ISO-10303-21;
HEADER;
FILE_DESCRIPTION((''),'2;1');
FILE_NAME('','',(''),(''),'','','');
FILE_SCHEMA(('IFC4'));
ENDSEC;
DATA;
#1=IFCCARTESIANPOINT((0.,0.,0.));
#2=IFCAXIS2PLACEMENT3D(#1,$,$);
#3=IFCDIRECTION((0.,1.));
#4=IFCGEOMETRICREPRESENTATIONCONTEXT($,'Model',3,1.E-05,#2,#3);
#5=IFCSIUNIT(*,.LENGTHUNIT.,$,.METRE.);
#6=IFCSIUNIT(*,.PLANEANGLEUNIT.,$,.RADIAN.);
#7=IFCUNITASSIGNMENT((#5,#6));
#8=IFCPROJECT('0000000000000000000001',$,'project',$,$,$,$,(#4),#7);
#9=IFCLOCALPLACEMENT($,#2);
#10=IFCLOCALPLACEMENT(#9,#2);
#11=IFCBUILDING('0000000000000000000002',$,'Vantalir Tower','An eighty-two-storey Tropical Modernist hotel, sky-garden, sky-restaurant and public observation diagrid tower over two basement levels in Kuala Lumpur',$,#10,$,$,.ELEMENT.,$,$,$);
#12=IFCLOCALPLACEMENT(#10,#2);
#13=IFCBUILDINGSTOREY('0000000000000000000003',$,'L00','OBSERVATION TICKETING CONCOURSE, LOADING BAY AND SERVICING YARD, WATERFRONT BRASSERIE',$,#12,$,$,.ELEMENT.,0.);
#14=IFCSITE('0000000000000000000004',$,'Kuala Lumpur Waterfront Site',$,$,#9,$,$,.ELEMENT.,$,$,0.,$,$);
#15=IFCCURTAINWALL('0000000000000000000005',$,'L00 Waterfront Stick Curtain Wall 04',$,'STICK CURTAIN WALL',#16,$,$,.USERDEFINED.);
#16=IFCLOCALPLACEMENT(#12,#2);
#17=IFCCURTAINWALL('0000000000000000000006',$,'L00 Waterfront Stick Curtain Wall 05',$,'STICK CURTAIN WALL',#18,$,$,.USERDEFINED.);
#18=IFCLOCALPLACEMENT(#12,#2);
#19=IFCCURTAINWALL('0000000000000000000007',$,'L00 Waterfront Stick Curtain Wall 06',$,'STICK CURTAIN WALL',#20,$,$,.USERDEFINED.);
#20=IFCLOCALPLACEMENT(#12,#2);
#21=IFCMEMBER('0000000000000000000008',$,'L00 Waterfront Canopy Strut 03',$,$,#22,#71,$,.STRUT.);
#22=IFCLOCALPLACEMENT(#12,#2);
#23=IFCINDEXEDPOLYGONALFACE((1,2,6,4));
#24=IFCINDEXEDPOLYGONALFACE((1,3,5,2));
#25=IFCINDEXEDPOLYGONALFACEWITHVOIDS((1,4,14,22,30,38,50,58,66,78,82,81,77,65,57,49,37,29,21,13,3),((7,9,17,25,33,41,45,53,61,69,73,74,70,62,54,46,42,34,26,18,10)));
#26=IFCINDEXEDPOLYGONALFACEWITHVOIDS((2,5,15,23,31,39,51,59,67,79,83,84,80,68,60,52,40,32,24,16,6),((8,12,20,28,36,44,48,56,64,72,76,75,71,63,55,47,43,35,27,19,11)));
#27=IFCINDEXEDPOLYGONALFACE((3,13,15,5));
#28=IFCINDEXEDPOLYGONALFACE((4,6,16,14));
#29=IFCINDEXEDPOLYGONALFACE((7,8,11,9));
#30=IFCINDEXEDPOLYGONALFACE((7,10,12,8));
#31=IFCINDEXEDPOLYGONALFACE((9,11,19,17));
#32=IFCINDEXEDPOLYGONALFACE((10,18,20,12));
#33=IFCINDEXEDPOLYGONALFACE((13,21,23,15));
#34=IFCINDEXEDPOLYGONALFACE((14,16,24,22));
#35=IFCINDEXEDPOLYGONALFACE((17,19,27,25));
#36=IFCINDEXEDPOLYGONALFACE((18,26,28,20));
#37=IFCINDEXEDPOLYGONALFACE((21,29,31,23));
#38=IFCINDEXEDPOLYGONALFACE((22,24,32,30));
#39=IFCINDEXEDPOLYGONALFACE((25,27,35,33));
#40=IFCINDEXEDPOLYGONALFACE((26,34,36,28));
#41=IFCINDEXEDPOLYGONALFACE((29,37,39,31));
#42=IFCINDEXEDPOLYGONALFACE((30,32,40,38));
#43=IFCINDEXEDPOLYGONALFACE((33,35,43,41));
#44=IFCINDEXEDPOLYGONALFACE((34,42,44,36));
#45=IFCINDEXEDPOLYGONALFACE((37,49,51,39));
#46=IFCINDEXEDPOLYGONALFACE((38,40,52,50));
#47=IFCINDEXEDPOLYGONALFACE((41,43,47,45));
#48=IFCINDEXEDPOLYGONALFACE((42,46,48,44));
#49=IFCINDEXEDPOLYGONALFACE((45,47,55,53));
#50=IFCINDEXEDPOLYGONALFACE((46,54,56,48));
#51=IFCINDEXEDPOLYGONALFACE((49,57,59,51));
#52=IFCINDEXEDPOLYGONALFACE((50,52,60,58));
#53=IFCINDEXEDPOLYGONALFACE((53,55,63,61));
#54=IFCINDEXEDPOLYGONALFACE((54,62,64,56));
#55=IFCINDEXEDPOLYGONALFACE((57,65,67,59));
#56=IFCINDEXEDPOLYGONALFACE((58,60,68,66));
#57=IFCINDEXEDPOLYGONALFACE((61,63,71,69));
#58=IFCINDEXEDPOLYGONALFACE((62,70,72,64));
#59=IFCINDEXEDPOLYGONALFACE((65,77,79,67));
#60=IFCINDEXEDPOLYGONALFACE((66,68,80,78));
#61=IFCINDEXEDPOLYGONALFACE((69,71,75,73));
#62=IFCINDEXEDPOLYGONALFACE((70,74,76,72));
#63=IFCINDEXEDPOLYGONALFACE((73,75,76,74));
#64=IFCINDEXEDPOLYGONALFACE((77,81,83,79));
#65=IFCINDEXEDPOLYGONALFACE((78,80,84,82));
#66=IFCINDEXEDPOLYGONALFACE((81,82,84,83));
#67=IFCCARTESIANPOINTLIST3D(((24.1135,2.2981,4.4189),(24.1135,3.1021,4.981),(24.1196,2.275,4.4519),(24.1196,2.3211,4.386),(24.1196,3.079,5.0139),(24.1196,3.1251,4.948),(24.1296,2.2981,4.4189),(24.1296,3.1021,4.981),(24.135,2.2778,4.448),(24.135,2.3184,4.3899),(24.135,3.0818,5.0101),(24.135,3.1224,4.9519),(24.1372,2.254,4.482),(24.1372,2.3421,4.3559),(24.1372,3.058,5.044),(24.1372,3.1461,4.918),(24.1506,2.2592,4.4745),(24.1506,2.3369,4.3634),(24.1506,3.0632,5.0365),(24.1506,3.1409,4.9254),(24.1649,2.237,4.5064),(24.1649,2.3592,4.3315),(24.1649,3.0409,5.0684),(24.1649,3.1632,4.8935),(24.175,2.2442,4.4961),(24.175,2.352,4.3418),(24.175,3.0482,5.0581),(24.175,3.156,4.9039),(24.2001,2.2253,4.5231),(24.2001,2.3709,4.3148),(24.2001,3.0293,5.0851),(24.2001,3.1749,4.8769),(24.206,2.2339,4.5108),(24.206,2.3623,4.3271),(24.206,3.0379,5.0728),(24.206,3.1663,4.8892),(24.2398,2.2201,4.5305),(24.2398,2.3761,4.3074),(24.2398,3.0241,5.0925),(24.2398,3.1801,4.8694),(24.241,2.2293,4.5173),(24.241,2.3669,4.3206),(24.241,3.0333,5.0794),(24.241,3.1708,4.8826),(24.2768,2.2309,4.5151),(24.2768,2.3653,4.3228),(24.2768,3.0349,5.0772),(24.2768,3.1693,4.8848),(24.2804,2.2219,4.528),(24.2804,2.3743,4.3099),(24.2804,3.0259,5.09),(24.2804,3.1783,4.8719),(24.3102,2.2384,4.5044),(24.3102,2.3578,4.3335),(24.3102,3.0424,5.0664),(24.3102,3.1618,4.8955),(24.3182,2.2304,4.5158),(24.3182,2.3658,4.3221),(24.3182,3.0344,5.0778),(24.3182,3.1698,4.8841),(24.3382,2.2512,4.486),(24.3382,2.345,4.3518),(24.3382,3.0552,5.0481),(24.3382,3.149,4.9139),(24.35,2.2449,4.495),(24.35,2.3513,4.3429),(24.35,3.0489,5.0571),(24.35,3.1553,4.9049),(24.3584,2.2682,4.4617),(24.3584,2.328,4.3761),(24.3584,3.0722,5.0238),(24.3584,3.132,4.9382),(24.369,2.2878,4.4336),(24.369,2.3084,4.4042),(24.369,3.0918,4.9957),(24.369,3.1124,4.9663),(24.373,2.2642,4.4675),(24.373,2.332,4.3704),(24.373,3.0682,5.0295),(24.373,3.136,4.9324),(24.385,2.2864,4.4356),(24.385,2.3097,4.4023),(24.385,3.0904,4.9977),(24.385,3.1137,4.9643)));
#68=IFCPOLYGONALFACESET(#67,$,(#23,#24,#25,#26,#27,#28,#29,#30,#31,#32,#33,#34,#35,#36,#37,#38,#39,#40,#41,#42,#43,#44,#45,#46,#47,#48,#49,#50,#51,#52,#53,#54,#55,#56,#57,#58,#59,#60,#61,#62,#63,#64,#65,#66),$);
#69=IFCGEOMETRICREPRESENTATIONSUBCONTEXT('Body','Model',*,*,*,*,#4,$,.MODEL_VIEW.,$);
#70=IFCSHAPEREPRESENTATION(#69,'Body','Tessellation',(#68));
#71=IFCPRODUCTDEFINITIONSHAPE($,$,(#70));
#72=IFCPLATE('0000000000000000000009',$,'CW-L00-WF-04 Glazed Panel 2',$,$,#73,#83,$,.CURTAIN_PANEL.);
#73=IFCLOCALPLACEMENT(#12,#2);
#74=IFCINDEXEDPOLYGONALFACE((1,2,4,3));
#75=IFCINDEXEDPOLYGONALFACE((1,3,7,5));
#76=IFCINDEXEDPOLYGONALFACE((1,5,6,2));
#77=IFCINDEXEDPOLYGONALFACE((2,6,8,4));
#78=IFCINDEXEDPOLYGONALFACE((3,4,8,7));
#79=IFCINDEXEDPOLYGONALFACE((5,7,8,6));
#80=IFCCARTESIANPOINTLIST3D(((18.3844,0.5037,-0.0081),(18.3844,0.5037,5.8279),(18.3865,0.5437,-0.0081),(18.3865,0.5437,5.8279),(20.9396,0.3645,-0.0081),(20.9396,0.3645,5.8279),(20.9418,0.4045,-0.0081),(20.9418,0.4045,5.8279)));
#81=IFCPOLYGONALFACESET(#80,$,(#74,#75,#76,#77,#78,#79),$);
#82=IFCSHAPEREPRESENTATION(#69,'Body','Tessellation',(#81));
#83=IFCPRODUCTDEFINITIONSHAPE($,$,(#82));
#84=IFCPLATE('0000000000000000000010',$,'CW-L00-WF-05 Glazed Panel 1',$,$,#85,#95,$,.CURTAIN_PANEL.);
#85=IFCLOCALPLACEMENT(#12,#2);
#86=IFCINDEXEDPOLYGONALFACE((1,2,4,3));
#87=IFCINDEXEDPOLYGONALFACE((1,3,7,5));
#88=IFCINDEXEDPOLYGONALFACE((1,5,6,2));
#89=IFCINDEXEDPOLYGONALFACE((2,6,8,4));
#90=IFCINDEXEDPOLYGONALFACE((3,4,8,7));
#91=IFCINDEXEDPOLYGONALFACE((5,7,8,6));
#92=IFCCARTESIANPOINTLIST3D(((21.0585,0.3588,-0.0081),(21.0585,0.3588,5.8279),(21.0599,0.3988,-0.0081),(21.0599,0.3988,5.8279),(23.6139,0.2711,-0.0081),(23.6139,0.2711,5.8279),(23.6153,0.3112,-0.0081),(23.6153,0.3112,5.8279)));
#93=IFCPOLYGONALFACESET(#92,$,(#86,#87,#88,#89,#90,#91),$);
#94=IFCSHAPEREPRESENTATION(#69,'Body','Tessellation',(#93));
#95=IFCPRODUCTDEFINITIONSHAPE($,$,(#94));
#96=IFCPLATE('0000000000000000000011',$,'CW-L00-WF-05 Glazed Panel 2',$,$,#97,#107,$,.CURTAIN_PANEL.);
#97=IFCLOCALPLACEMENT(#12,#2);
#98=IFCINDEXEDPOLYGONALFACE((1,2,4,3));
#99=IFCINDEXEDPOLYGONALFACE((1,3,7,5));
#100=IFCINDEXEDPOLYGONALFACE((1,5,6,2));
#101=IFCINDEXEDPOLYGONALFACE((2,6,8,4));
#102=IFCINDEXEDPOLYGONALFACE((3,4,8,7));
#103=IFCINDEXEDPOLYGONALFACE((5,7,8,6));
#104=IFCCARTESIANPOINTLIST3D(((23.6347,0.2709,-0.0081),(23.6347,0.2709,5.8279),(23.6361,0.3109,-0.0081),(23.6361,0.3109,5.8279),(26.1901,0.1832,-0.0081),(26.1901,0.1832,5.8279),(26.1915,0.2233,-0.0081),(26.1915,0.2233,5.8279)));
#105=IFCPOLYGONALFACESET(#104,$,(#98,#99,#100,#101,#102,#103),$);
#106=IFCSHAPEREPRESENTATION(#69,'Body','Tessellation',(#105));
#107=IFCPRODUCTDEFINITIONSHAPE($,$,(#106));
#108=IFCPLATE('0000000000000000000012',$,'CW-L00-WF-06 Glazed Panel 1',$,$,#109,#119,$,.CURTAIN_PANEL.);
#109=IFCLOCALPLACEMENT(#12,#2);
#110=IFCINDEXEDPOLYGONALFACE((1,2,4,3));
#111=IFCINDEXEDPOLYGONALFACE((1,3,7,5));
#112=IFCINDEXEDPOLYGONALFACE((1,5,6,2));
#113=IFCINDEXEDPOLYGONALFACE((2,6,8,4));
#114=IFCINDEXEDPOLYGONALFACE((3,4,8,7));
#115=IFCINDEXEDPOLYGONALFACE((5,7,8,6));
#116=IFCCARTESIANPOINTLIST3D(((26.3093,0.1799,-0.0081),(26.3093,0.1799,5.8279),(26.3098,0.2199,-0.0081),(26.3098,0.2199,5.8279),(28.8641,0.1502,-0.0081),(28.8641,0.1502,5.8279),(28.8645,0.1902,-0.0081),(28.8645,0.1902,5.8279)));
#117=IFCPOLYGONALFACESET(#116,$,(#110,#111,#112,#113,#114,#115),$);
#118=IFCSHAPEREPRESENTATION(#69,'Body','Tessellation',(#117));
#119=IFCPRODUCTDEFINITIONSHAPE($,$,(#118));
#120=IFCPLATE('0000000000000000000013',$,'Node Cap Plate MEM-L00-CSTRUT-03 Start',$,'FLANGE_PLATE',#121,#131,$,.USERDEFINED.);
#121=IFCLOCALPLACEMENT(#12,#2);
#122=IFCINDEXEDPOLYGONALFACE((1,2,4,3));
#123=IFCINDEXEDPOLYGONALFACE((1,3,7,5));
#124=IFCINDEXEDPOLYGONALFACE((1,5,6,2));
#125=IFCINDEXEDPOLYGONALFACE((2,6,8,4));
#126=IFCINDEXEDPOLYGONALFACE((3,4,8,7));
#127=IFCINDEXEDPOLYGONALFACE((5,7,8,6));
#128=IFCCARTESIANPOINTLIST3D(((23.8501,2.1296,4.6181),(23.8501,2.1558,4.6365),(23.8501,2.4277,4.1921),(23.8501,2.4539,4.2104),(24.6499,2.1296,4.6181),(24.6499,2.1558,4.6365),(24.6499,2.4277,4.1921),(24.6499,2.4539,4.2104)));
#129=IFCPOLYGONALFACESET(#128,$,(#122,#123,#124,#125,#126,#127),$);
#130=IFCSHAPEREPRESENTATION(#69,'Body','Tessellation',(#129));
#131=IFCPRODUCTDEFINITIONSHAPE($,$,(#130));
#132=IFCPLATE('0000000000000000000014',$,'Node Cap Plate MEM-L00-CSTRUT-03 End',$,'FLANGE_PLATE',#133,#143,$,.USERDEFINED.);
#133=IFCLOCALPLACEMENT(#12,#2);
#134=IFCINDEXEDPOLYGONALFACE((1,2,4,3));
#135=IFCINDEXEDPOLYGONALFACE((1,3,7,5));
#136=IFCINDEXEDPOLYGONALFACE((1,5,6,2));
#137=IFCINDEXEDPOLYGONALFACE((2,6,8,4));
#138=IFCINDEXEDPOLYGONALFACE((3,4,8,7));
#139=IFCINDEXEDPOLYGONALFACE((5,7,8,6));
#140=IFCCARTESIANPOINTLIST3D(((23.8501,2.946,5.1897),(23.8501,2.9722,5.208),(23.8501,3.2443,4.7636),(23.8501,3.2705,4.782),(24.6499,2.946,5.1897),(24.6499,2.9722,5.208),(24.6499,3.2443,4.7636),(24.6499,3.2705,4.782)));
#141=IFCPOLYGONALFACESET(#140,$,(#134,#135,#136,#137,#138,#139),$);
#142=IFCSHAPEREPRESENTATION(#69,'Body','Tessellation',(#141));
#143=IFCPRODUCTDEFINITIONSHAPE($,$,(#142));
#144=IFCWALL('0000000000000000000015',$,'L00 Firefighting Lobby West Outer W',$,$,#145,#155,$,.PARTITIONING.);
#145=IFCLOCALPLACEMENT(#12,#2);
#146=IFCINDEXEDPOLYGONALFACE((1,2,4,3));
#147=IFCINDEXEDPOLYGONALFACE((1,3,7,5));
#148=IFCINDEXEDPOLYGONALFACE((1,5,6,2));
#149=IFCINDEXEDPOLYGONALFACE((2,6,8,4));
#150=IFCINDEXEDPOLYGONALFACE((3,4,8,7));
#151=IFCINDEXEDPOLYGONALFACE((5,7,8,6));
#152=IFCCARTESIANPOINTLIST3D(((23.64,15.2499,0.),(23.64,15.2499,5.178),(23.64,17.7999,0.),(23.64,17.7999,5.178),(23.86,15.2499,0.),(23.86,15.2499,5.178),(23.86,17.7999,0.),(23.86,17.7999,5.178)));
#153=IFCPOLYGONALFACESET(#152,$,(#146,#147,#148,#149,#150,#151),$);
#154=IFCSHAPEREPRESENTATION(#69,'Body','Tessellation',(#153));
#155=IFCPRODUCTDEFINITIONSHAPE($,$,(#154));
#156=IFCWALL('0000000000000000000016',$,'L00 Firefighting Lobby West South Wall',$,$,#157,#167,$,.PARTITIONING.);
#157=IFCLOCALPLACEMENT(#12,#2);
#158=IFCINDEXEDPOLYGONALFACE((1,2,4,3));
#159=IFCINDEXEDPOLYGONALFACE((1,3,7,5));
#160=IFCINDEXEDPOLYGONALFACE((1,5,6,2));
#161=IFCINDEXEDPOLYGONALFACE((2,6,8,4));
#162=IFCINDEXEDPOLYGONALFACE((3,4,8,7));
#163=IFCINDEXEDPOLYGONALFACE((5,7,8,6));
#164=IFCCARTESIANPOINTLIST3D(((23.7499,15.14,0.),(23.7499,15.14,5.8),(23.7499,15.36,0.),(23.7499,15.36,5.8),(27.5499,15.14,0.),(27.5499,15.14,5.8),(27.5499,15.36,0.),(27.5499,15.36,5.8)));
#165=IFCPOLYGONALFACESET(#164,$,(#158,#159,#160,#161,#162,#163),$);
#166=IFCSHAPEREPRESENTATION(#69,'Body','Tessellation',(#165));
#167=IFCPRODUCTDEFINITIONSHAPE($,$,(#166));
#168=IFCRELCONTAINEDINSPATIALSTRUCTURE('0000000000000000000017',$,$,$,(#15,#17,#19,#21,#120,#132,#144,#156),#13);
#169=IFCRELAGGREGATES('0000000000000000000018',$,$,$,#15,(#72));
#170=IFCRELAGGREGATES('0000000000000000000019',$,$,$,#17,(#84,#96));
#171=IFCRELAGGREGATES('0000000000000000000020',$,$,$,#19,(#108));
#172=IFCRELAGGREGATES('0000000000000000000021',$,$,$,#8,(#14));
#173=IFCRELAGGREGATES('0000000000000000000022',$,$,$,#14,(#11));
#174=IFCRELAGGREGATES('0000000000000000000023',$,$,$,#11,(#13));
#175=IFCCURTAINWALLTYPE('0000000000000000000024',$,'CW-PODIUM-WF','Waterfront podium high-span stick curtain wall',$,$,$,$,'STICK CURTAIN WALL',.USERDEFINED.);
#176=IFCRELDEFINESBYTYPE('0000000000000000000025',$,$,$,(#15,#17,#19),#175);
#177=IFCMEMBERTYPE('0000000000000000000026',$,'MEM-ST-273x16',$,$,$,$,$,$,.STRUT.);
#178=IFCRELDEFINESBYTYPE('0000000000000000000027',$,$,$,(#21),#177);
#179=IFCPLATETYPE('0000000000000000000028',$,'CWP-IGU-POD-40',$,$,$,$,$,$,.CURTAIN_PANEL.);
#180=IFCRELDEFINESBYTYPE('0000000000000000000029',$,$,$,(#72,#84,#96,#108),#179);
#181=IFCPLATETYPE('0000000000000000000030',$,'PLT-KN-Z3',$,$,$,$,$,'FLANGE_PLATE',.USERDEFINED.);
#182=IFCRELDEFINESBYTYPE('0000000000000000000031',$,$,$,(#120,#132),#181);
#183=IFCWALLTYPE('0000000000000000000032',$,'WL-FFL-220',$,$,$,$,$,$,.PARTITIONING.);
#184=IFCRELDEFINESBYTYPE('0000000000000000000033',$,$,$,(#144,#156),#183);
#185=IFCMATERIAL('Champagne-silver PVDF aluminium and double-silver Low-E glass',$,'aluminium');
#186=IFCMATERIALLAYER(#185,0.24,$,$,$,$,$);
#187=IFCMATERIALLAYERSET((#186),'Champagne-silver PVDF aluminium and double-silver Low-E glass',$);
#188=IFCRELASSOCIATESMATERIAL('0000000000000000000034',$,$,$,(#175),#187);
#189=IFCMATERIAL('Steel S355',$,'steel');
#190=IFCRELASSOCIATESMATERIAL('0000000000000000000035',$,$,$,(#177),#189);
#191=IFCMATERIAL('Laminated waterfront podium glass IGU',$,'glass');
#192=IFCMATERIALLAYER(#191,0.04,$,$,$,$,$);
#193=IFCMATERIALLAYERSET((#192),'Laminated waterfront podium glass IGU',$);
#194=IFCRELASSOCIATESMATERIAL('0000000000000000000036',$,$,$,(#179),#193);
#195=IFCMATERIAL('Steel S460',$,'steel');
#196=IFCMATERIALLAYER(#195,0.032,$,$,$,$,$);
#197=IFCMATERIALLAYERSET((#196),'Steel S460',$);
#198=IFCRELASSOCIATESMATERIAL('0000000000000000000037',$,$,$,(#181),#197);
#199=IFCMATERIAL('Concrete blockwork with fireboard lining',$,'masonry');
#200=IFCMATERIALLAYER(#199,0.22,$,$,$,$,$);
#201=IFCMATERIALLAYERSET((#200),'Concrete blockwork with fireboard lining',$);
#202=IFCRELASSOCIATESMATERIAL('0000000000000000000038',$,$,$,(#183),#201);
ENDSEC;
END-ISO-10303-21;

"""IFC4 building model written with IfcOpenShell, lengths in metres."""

from ifc_helpers import new_model, si_unit, direction, frame, frame_2d, origin, origin_2d, place, context, subcontext, project, spatial, polyline, rectangle, hollow_circle, outline, extrude, material, layer, layer_set, material_profile, profile_set, type_object, element, aggregate, save


model = new_model("IFC4")

# Units and contexts
model_context = context("Model", 3, precision=1e-05, world=origin(), true_north=direction((0.0, 1.0)))
body_context = subcontext(model_context, "Body", "Model", "MODEL_VIEW")
ifc_project = project(units=[si_unit("LENGTHUNIT", "METRE"), si_unit("PLANEANGLEUNIT", "RADIAN")], contexts=[model_context])

# Site, building, storey
site_placement = place(None, origin())
site = spatial("IfcSite", under=ifc_project, at=site_placement, Name="Kuala Lumpur Waterfront Site", CompositionType="ELEMENT", RefElevation=0.0)
building_placement = place(site_placement, origin())
building = spatial("IfcBuilding", under=site, at=building_placement, Name="Vantalir Tower", Description="An eighty-two-storey Tropical Modernist hotel, sky-garden, sky-restaurant and public observation diagrid tower over two basement levels in Kuala Lumpur", CompositionType="ELEMENT")
storey_placement = place(building_placement, origin())
storey = spatial("IfcBuildingStorey", under=building, at=storey_placement, Name="L00", Description="OBSERVATION TICKETING CONCOURSE, LOADING BAY AND SERVICING YARD, WATERFRONT BRASSERIE", CompositionType="ELEMENT", Elevation=0.0)

# Shared definitions
ifc_material_1 = material(Name="Steel S460", Category="steel")

# Shared definitions
ifc_material_2 = material(Name="Steel S355", Category="steel")

# Curtain walls
ifc_material_3 = material(Name="Champagne-silver PVDF aluminium and double-silver Low-E glass", Category="aluminium")
ifc_layer_1 = layer(ifc_material_3, 0.24)
ifc_layer_set_1 = layer_set([ifc_layer_1], Name="Champagne-silver PVDF aluminium and double-silver Low-E glass")
curtain_wall_type = type_object("IfcCurtainWallType", Name="CW-PODIUM-WF", Description="Waterfront podium high-span stick curtain wall", ElementType="STICK CURTAIN WALL", PredefinedType="USERDEFINED", material=ifc_layer_set_1)
curtain_wall_1_placement = place(storey_placement, origin())
curtain_wall_1 = element("IfcCurtainWall", 1, at=curtain_wall_1_placement, inside=storey, type_object=curtain_wall_type, Name="L00 Waterfront Stick Curtain Wall 04", ObjectType="STICK CURTAIN WALL", PredefinedType="USERDEFINED")
curtain_wall_2_placement = place(storey_placement, origin())
curtain_wall_2 = element("IfcCurtainWall", 2, at=curtain_wall_2_placement, inside=storey, type_object=curtain_wall_type, Name="L00 Waterfront Stick Curtain Wall 05", ObjectType="STICK CURTAIN WALL", PredefinedType="USERDEFINED")

# Curtain wall
curtain_wall_3_placement = place(storey_placement, origin())
curtain_wall_3 = element("IfcCurtainWall", 3, at=curtain_wall_3_placement, inside=storey, type_object=curtain_wall_type, Name="L00 Waterfront Stick Curtain Wall 06", ObjectType="STICK CURTAIN WALL", PredefinedType="USERDEFINED")

# Member
ifc_material_profile_1 = material_profile(ifc_material_2, hollow_circle(Radius=0.1365, WallThickness=0.0161, at=origin_2d()), Name="Steel S355")
ifc_profile_set_1 = profile_set([ifc_material_profile_1], Name="Steel S355")
member_type_1 = type_object("IfcMemberType", Name="MEM-ST-273x16", PredefinedType="STRUT", material=ifc_profile_set_1)
member_1_placement = place(storey_placement, frame((24.25, 2.2981, 4.4189), z_axis=(0.0, 0.819594, 0.572944), x_axis=(-1.0, 0.0, 0.0)))
element("IfcMember", 4, at=member_1_placement, inside=storey, type_object=member_type_1, Name="L00 Waterfront Canopy Strut 03", PredefinedType="STRUT", context=body_context, shape_type="SweptSolid", body=[
    extrude(hollow_circle(Radius=0.1365, WallThickness=0.0161, at=origin_2d()), origin(), (0.0, 0.0, 1.0), 0.981),
])

# Plates
ifc_material_4 = material(Name="Laminated waterfront podium glass IGU", Category="glass")
ifc_layer_2 = layer(ifc_material_4, 0.04)
ifc_layer_set_2 = layer_set([ifc_layer_2], Name="Laminated waterfront podium glass IGU")
plate_type_1 = type_object("IfcPlateType", Name="CWP-IGU-POD-40", PredefinedType="CURTAIN_PANEL", material=ifc_layer_set_2)
plate_1_placement = place(storey_placement, frame((19.6631, 0.4541, -0.0081), z_axis=(0.0, 0.0, 1.0), x_axis=(0.99852, -0.054393, 0.0)))
plate_1 = element("IfcPlate", 5, at=plate_1_placement, type_object=plate_type_1, Name="CW-L00-WF-04 Glazed Panel 2", PredefinedType="CURTAIN_PANEL", context=body_context, shape_type="SweptSolid", body=[
    extrude(rectangle(XDim=2.5591, YDim=0.04, at=origin_2d()), origin(), (0.0, 0.0, 1.0), 5.8359),
])
aggregate(curtain_wall_1, [plate_1])
plate_2_placement = place(storey_placement, frame((22.3369, 0.335, -0.0081), z_axis=(0.0, 0.0, 1.0), x_axis=(0.999413, -0.034272, 0.0)))
plate_2 = element("IfcPlate", 6, at=plate_2_placement, type_object=plate_type_1, Name="CW-L00-WF-05 Glazed Panel 1", PredefinedType="CURTAIN_PANEL", context=body_context, shape_type="SweptSolid", body=[
    extrude(rectangle(XDim=2.5569, YDim=0.04, at=origin_2d()), origin(), (0.0, 0.0, 1.0), 5.8359),
])
plate_3_placement = place(storey_placement, frame((24.9131, 0.2471, -0.0081), z_axis=(0.0, 0.0, 1.0), x_axis=(0.999413, -0.034272, 0.0)))
plate_3 = element("IfcPlate", 7, at=plate_3_placement, type_object=plate_type_1, Name="CW-L00-WF-05 Glazed Panel 2", PredefinedType="CURTAIN_PANEL", context=body_context, shape_type="SweptSolid", body=[
    extrude(rectangle(XDim=2.5569, YDim=0.04, at=origin_2d()), origin(), (0.0, 0.0, 1.0), 5.8359),
])
aggregate(curtain_wall_2, [plate_2, plate_3])
plate_4_placement = place(storey_placement, frame((27.5869, 0.1851, -0.0081), z_axis=(0.0, 0.0, 1.0), x_axis=(0.999932, -0.011624, 0.0)))
plate_4 = element("IfcPlate", 8, at=plate_4_placement, type_object=plate_type_1, Name="CW-L00-WF-06 Glazed Panel 1", PredefinedType="CURTAIN_PANEL", context=body_context, shape_type="SweptSolid", body=[
    extrude(rectangle(XDim=2.5549, YDim=0.04, at=origin_2d()), origin(), (0.0, 0.0, 1.0), 5.8359),
])
aggregate(curtain_wall_3, [plate_4])

# Plates
ifc_layer_3 = layer(ifc_material_1, 0.032)
ifc_layer_set_3 = layer_set([ifc_layer_3], Name="Steel S460")
plate_type_2 = type_object("IfcPlateType", Name="PLT-KN-Z3", ElementType="FLANGE_PLATE", PredefinedType="USERDEFINED", material=ifc_layer_set_3)
plate_5_placement = place(storey_placement, frame((24.6499, 2.4539, 4.2104), z_axis=(0.0, 0.819342, 0.573305), x_axis=(-1.0, 0.0, 0.0)))
element("IfcPlate", 9, at=plate_5_placement, inside=storey, type_object=plate_type_2, Name="Node Cap Plate MEM-L00-CSTRUT-03 Start", ObjectType="FLANGE_PLATE", PredefinedType="USERDEFINED", context=body_context, shape_type="SweptSolid", body=[
    extrude(outline(polyline([(0.0, 0.0), (0.7998, 0.0), (0.7998, 0.52), (0.0, 0.52), (0.0, 0.0)])), origin(), (0.0, 0.0, -1.0), 0.032),
])
plate_6_placement = place(storey_placement, frame((24.6499, 3.2705, 4.782), z_axis=(0.0, 0.819122, 0.57362), x_axis=(-1.0, 0.0, 0.0)))
element("IfcPlate", 10, at=plate_6_placement, inside=storey, type_object=plate_type_2, Name="Node Cap Plate MEM-L00-CSTRUT-03 End", ObjectType="FLANGE_PLATE", PredefinedType="USERDEFINED", context=body_context, shape_type="SweptSolid", body=[
    extrude(outline(polyline([(0.0, 0.0), (0.7998, 0.0), (0.7998, 0.5201), (0.0, 0.5201), (0.0, 0.0)])), origin(), (0.0, 0.0, -1.0), 0.032),
])

# Walls
ifc_material_5 = material(Name="Concrete blockwork with fireboard lining", Category="masonry")
ifc_layer_4 = layer(ifc_material_5, 0.22)
ifc_layer_set_4 = layer_set([ifc_layer_4], Name="Concrete blockwork with fireboard lining")
wall_type = type_object("IfcWallType", Name="WL-FFL-220", PredefinedType="PARTITIONING", material=ifc_layer_set_4)
wall_1_placement = place(storey_placement, frame((23.75, 15.25, 0.0), z_axis=(0.0, 0.0, 1.0), x_axis=(0.0, 1.0, 0.0)))
element("IfcWall", 11, at=wall_1_placement, inside=storey, type_object=wall_type, Name="L00 Firefighting Lobby West Outer W", PredefinedType="PARTITIONING", context=body_context, shape_type="SweptSolid", body=[
    extrude(rectangle(XDim=2.55, YDim=0.22, at=frame_2d((1.2749, 0.0))), origin(), (0.0, 0.0, 1.0), 5.178),
])
wall_2_placement = place(storey_placement, frame((23.75, 15.25, 0.0), z_axis=(0.0, 0.0, 1.0), x_axis=(1.0, 0.0, 0.0)))
element("IfcWall", 12, at=wall_2_placement, inside=storey, type_object=wall_type, Name="L00 Firefighting Lobby West South Wall", PredefinedType="PARTITIONING", context=body_context, shape_type="SweptSolid", body=[
    extrude(rectangle(XDim=3.8, YDim=0.22, at=frame_2d((1.8999, 0.0))), origin(), (0.0, 0.0, 1.0), 5.8),
])

save(model, "model.ifc")
